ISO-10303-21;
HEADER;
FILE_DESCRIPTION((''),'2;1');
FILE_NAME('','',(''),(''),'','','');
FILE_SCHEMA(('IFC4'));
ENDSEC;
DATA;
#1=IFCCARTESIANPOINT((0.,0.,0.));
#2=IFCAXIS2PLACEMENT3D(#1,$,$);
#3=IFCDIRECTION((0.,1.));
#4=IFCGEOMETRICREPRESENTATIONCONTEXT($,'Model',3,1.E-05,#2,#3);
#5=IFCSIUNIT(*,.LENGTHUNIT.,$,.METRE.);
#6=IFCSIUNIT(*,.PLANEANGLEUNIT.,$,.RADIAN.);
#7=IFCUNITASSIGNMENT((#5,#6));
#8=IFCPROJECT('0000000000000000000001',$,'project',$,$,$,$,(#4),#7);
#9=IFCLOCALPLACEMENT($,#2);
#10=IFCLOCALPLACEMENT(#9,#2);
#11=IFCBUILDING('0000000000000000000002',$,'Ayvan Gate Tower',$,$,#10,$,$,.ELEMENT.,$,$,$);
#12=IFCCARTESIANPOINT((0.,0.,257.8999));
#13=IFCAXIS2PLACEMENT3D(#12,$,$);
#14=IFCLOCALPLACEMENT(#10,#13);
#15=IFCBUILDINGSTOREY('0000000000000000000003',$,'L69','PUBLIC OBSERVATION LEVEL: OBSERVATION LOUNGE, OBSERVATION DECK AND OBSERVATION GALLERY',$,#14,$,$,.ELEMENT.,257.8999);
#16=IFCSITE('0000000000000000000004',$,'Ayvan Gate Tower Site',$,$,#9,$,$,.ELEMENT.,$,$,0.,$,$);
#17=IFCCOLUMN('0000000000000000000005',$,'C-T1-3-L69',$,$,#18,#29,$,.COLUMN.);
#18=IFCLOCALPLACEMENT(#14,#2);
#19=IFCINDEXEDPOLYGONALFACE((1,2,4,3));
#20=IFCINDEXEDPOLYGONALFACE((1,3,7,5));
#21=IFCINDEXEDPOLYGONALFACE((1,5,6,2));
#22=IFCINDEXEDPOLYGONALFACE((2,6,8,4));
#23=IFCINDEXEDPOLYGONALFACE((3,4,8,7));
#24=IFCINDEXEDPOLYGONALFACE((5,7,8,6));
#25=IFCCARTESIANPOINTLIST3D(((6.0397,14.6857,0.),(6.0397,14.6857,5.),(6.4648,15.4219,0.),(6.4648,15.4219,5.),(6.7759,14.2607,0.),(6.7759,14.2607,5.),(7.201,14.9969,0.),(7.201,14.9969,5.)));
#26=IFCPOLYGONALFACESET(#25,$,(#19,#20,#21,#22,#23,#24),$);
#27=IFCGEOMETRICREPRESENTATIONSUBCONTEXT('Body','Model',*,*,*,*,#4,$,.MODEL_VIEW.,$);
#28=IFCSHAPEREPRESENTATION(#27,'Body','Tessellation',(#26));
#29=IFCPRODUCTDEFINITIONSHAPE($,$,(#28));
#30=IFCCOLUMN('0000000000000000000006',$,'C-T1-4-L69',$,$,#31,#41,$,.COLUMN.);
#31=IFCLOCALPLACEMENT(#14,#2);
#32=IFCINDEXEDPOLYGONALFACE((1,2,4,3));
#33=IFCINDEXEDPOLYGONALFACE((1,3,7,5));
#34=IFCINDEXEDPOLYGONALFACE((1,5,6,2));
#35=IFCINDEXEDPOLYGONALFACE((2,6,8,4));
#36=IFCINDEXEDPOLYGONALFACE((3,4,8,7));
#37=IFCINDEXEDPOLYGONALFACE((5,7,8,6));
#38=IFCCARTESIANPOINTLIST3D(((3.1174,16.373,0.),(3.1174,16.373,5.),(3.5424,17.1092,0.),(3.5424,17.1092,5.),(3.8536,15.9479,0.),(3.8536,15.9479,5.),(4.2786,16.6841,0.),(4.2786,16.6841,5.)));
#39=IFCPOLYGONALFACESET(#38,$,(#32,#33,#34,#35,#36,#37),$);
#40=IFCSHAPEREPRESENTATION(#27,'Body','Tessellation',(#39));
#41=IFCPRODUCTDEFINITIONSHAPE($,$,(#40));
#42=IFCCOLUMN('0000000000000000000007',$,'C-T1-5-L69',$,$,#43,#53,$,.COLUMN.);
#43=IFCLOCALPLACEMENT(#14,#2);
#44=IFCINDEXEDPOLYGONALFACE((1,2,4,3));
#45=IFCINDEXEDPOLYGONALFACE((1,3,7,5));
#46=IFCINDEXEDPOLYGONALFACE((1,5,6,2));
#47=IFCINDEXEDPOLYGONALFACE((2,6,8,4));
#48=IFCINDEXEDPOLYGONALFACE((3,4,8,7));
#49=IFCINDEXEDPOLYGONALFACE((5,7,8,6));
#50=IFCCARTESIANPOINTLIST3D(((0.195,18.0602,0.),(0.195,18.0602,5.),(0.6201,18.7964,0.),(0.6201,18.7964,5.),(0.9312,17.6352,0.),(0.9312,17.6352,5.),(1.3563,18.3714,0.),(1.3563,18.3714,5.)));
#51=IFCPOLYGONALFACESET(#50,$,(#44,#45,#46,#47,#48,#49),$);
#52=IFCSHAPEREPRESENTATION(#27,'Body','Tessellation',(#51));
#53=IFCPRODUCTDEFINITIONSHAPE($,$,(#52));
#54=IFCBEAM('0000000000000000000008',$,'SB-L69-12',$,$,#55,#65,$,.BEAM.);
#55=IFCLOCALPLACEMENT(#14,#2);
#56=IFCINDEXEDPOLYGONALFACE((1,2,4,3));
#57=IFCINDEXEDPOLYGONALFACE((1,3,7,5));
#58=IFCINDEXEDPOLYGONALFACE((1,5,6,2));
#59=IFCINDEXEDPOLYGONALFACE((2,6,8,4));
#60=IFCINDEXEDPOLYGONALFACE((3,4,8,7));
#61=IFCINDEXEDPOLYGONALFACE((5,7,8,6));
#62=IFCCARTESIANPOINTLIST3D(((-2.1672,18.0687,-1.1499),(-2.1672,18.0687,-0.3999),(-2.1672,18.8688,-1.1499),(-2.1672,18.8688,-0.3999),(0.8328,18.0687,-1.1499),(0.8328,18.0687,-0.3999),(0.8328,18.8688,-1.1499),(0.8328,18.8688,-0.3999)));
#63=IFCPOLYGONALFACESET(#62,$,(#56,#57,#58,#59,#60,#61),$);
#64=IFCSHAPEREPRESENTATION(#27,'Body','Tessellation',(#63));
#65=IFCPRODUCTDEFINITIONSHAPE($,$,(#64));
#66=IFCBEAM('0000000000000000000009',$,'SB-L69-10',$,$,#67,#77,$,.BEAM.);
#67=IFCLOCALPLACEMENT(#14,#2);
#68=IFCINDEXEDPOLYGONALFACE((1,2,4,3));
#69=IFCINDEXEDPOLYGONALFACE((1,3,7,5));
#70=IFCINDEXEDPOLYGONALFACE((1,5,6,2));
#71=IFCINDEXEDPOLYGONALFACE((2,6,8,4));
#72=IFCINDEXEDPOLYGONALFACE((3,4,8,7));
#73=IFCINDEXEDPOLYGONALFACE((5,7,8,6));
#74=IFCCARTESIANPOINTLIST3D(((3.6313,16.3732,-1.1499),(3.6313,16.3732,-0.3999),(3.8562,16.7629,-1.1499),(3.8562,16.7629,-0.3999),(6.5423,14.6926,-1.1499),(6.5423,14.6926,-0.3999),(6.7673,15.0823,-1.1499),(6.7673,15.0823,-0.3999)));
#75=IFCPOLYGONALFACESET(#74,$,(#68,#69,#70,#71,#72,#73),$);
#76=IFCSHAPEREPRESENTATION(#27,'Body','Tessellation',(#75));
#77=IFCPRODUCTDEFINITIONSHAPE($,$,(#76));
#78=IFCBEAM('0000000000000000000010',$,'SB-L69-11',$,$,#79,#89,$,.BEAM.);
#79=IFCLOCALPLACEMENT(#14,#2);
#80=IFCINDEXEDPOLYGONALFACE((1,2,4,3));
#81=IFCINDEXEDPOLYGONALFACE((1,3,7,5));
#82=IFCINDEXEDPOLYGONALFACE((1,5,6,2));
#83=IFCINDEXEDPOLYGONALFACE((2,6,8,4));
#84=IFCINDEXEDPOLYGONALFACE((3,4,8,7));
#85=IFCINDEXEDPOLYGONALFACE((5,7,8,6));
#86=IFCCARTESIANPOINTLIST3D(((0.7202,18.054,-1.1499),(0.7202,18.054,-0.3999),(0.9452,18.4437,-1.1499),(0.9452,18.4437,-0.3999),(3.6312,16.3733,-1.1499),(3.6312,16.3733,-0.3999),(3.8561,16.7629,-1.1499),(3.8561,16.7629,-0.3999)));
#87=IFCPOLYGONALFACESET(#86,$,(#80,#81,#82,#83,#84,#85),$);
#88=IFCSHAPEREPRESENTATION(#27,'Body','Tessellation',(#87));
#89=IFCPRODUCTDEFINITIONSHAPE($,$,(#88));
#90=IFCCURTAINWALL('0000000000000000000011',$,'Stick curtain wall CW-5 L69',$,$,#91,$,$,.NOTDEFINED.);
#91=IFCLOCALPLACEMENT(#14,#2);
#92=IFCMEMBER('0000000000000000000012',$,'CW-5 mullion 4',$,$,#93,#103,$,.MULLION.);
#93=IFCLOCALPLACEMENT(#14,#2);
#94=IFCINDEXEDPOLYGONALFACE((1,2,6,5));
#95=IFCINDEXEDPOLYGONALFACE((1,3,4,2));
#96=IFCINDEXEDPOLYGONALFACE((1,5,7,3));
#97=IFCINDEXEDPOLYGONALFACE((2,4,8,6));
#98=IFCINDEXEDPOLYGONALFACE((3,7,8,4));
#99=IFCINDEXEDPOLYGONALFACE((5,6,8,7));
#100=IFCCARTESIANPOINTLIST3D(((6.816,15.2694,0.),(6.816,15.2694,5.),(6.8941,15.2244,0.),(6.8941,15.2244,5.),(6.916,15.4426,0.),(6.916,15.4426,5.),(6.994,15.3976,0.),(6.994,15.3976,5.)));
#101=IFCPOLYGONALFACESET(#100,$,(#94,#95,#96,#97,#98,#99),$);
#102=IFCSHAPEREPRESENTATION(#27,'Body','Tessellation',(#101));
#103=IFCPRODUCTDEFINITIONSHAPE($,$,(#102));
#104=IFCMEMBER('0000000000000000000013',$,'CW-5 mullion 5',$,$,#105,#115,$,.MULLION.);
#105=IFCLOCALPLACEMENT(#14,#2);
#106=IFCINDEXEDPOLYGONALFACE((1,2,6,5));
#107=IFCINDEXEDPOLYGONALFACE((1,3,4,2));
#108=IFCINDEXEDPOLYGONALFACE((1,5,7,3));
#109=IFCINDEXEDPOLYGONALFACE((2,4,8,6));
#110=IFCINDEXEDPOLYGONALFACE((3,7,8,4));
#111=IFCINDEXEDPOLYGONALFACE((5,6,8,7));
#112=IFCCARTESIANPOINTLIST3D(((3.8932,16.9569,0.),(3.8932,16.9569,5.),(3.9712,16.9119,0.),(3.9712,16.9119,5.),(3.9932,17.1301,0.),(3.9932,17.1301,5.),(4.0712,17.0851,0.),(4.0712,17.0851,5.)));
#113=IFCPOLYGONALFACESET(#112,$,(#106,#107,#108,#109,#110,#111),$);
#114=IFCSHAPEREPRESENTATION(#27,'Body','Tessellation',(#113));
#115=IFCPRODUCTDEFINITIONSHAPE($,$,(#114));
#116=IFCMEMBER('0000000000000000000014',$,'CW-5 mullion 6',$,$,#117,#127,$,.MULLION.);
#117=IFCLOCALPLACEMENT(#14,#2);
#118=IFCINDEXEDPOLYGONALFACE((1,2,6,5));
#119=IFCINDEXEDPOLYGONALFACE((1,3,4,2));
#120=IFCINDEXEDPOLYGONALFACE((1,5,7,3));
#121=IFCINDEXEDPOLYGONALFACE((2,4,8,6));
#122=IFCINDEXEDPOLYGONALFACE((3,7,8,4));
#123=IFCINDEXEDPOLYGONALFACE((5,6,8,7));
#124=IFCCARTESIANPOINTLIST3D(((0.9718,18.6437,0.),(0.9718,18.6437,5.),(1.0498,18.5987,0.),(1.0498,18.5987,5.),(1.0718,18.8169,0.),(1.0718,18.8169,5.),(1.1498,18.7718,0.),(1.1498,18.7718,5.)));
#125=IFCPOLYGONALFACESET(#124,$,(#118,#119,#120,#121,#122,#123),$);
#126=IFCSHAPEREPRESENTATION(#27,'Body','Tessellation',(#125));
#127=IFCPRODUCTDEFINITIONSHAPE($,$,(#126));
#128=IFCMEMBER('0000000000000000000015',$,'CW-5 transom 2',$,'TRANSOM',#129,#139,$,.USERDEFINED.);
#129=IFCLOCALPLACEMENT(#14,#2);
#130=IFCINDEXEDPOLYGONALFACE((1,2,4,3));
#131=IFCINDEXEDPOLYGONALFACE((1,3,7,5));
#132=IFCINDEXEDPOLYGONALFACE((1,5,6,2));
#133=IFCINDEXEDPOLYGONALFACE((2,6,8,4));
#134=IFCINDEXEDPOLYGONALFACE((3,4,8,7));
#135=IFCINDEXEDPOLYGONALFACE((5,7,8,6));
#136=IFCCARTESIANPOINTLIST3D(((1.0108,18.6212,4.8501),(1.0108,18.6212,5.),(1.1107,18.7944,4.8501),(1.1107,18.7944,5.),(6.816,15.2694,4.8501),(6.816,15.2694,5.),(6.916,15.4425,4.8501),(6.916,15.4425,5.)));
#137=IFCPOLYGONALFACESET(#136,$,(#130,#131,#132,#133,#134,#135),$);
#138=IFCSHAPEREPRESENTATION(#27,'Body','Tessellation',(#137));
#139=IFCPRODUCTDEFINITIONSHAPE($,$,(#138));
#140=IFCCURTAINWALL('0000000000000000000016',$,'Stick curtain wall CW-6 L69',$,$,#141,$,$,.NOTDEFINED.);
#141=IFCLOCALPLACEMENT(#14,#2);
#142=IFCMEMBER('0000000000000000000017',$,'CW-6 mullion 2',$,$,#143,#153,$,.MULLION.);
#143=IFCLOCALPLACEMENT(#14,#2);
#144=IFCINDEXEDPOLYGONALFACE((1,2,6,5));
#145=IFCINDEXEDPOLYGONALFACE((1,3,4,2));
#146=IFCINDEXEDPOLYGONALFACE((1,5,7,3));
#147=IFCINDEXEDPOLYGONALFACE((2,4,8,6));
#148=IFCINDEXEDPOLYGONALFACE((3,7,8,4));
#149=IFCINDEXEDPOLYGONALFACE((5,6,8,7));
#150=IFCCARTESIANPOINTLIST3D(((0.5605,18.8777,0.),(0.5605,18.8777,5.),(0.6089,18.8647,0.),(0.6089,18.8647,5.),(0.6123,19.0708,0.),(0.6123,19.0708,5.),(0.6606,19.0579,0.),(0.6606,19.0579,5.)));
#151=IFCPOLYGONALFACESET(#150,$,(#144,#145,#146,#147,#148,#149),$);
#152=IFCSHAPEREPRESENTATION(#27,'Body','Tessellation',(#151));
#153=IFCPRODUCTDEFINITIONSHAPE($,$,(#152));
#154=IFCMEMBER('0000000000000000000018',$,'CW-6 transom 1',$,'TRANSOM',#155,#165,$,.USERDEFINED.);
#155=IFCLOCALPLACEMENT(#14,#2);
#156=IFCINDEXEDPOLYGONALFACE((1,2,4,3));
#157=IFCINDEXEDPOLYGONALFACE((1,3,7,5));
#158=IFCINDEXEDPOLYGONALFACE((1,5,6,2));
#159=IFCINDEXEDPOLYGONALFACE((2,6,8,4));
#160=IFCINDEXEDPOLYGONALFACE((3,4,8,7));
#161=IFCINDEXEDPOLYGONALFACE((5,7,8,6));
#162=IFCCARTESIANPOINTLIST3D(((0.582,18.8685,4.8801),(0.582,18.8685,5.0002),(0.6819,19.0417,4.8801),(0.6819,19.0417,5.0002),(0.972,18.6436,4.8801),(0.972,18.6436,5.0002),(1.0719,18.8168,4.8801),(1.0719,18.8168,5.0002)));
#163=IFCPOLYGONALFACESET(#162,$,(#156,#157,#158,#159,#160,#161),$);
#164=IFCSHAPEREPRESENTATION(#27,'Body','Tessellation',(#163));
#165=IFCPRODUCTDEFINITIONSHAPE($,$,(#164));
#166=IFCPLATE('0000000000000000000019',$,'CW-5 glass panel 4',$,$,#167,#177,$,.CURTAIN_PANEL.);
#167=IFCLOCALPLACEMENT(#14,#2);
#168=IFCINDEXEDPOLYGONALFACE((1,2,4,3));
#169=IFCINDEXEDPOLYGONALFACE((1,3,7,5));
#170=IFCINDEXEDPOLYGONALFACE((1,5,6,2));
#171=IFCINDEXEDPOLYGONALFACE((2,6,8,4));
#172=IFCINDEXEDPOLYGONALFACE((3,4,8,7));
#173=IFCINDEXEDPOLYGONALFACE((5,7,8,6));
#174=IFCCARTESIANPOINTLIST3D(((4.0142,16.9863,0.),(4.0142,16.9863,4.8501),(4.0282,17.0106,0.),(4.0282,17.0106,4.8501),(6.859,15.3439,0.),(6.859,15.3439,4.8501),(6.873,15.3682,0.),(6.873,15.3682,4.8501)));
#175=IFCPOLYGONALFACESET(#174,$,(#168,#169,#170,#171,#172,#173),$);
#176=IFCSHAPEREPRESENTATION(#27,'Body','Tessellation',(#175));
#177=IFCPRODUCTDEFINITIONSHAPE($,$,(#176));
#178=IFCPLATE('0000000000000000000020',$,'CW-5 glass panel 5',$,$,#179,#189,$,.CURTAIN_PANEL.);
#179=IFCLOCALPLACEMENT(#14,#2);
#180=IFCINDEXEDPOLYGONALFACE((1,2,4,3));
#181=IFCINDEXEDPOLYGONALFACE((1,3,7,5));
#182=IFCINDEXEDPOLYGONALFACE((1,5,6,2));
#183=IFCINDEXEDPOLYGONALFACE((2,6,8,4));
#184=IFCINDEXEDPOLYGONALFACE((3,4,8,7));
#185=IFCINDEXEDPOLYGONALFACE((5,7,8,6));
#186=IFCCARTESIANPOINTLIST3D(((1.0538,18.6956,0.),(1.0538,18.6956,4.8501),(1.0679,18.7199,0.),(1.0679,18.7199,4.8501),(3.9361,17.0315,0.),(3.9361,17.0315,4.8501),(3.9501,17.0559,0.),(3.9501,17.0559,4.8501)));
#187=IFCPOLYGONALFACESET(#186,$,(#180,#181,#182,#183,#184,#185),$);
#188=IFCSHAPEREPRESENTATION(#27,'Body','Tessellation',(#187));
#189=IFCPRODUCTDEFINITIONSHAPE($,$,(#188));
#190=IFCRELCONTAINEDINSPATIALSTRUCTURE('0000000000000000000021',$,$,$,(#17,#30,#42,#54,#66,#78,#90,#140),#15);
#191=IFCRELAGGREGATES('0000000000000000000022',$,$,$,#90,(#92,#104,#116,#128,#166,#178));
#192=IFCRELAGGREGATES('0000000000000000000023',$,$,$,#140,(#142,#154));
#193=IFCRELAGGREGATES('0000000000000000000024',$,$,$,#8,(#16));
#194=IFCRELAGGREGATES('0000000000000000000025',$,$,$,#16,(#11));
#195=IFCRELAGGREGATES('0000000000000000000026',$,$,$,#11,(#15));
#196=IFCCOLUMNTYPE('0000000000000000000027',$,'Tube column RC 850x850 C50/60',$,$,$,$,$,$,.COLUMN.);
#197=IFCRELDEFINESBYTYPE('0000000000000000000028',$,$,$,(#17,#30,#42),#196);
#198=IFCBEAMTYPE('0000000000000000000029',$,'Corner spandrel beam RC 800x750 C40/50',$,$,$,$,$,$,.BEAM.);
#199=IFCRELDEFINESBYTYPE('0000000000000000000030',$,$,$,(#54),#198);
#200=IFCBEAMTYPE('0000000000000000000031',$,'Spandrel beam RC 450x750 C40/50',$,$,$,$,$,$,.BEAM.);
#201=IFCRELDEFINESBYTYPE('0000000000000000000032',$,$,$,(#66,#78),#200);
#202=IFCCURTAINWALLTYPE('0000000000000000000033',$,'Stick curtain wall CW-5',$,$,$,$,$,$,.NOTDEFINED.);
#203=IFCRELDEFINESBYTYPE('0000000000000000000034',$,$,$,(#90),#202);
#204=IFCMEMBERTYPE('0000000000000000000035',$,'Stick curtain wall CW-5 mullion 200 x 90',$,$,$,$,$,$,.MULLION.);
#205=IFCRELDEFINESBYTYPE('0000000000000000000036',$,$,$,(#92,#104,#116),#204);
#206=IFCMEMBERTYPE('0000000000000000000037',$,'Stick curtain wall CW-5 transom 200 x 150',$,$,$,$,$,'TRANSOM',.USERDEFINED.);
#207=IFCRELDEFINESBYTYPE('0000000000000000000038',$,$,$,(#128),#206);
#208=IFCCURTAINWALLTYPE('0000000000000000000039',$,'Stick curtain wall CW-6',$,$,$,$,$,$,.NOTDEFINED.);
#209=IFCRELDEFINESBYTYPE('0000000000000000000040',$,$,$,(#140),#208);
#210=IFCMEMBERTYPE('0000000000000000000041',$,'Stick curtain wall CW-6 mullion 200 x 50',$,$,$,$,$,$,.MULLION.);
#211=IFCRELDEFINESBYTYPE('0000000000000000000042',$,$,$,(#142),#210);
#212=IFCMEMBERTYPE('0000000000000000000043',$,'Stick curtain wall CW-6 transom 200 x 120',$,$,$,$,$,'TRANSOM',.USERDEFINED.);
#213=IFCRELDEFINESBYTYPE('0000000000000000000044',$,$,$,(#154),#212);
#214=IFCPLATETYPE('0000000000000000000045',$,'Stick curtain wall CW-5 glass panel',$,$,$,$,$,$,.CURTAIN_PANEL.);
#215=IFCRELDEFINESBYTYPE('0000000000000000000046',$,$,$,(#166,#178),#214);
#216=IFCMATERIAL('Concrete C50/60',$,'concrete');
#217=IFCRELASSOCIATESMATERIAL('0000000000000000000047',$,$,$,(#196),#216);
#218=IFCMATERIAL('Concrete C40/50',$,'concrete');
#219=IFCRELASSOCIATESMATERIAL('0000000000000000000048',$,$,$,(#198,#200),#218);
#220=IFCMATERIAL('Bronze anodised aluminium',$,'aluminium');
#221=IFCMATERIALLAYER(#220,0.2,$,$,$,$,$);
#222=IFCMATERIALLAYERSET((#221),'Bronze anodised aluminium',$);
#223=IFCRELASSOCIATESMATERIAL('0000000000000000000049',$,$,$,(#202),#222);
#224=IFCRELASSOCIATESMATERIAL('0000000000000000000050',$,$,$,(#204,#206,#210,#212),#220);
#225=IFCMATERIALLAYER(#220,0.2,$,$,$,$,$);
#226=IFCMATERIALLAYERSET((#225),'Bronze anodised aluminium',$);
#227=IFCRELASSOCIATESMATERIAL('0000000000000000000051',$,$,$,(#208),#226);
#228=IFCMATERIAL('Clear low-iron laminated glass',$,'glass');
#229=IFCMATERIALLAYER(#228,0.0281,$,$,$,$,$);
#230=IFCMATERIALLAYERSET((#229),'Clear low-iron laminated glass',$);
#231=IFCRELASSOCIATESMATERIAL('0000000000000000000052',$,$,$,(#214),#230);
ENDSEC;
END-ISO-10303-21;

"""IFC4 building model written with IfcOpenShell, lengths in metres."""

from ifc_helpers import new_model, si_unit, direction, frame, origin, origin_2d, place, context, subcontext, project, spatial, rectangle, extrude, material, layer, layer_set, material_profile, profile_set, type_object, element, aggregate, save


model = new_model("IFC4")

# Units and contexts
model_context = context("Model", 3, precision=1e-05, world=origin(), true_north=direction((0.0, 1.0)))
body_context = subcontext(model_context, "Body", "Model", "MODEL_VIEW")
ifc_project = project(units=[si_unit("LENGTHUNIT", "METRE"), si_unit("PLANEANGLEUNIT", "RADIAN")], contexts=[model_context])

# Site, building, storey
site_placement = place(None, origin())
site = spatial("IfcSite", under=ifc_project, at=site_placement, Name="Ayvan Gate Tower Site", CompositionType="ELEMENT", RefElevation=0.0)
building_placement = place(site_placement, origin())
building = spatial("IfcBuilding", under=site, at=building_placement, Name="Ayvan Gate Tower", CompositionType="ELEMENT")
storey_placement = place(building_placement, frame((0.0, 0.0, 257.8999)))
storey = spatial("IfcBuildingStorey", under=building, at=storey_placement, Name="L69", Description="PUBLIC OBSERVATION LEVEL: OBSERVATION LOUNGE, OBSERVATION DECK AND OBSERVATION GALLERY", CompositionType="ELEMENT", Elevation=257.8999)

# Columns
ifc_material_1 = material(Name="Concrete C50/60", Category="concrete")
ifc_material_profile_1 = material_profile(ifc_material_1, rectangle(XDim=0.8501, YDim=0.8501, at=origin_2d()), Name="RC 850x850")
ifc_profile_set_1 = profile_set([ifc_material_profile_1], Name="Concrete C50/60")
column_type = type_object("IfcColumnType", Name="Tube column RC 850x850 C50/60", PredefinedType="COLUMN", material=ifc_profile_set_1)
for number, where, z_axis, x_axis, name in (
    (1, (6.6204, 14.8413, 0.0), (0.0, 0.0, 1.0), (0.5, 0.866025, 0.0), "C-T1-3-L69"),
    (2, (3.698, 16.5286, 0.0), (0.0, 0.0, 1.0), (0.5, 0.866025, 0.0), "C-T1-4-L69"),
    (3, (0.7756, 18.2158, 0.0), (0.0, 0.0, 1.0), (0.5, 0.866025, 0.0), "C-T1-5-L69"),
):
    element("IfcColumn", number, at=place(storey_placement, frame(where, z_axis=z_axis, x_axis=x_axis)), inside=storey, type_object=column_type, Name=name, PredefinedType="COLUMN", context=body_context, shape_type="SweptSolid", body=[
        extrude(rectangle(XDim=0.8501, YDim=0.8501, at=origin_2d()), origin(), (0.0, 0.0, 1.0), 5.0),
    ])

# Beams
ifc_material_2 = material(Name="Concrete C40/50", Category="concrete")
ifc_material_profile_2 = material_profile(ifc_material_2, rectangle(XDim=0.8, YDim=0.75, at=origin_2d()), Name="RC 800x750")
ifc_profile_set_2 = profile_set([ifc_material_profile_2], Name="Concrete C40/50")
beam_type_1 = type_object("IfcBeamType", Name="Corner spandrel beam RC 800x750 C40/50", PredefinedType="BEAM", material=ifc_profile_set_2)
beam_placement = place(storey_placement, frame((0.8328, 18.4688, -0.7749), z_axis=(-1.0, 0.0, 0.0), x_axis=(0.0, -1.0, 0.0)))
element("IfcBeam", 4, at=beam_placement, inside=storey, type_object=beam_type_1, Name="SB-L69-12", PredefinedType="BEAM", context=body_context, shape_type="SweptSolid", body=[
    extrude(rectangle(XDim=0.8, YDim=0.75, at=origin_2d()), origin(), (0.0, 0.0, 1.0), 3.0),
])
ifc_material_profile_3 = material_profile(ifc_material_2, rectangle(XDim=0.45, YDim=0.75, at=origin_2d()), Name="RC 450x750")
ifc_profile_set_3 = profile_set([ifc_material_profile_3], Name="Concrete C40/50")
beam_type_2 = type_object("IfcBeamType", Name="Spandrel beam RC 450x750 C40/50", PredefinedType="BEAM", material=ifc_profile_set_3)
for number, where, z_axis, x_axis, name in (
    (5, (6.6548, 14.8875, -0.7749), (-0.866036, 0.499982, 0.0), (-0.499982, -0.866036, 0.0), "SB-L69-10"),
    (6, (3.7437, 16.5681, -0.7749), (-0.866017, 0.500014, 0.0), (-0.500014, -0.866017, 0.0), "SB-L69-11"),
):
    element("IfcBeam", number, at=place(storey_placement, frame(where, z_axis=z_axis, x_axis=x_axis)), inside=storey, type_object=beam_type_2, Name=name, PredefinedType="BEAM", context=body_context, shape_type="SweptSolid", body=[
        extrude(rectangle(XDim=0.45, YDim=0.75, at=origin_2d()), origin(), (0.0, 0.0, 1.0), 3.3613),
    ])

# Curtain walls, members
ifc_material_3 = material(Name="Bronze anodised aluminium", Category="aluminium")
ifc_layer_1 = layer(ifc_material_3, 0.2)
ifc_layer_set_1 = layer_set([ifc_layer_1], Name="Bronze anodised aluminium")
curtain_wall_type_1 = type_object("IfcCurtainWallType", Name="Stick curtain wall CW-5", PredefinedType="NOTDEFINED", material=ifc_layer_set_1)
curtain_wall_1_placement = place(storey_placement, origin())
curtain_wall_1 = element("IfcCurtainWall", 7, at=curtain_wall_1_placement, inside=storey, type_object=curtain_wall_type_1, Name="Stick curtain wall CW-5 L69", PredefinedType="NOTDEFINED")
ifc_material_profile_4 = material_profile(ifc_material_3, rectangle(XDim=0.2, YDim=0.0901, at=origin_2d()), Name="Stick curtain wall CW-5 mullion 200 x 90")
ifc_profile_set_4 = profile_set([ifc_material_profile_4], Name="Bronze anodised aluminium")
member_type_1 = type_object("IfcMemberType", Name="Stick curtain wall CW-5 mullion 200 x 90", PredefinedType="MULLION", material=ifc_profile_set_4)
member_1_placement = place(storey_placement, frame((6.905, 15.3335, 0.0), z_axis=(0.0, 0.0, 1.0), x_axis=(0.5, 0.866025, 0.0)))
member_1 = element("IfcMember", 8, at=member_1_placement, type_object=member_type_1, Name="CW-5 mullion 4", PredefinedType="MULLION", context=body_context, shape_type="SweptSolid", body=[
    extrude(rectangle(XDim=0.2, YDim=0.0901, at=origin_2d()), origin(), (0.0, 0.0, 1.0), 5.0),
])
member_2_placement = place(storey_placement, frame((3.9822, 17.021, 0.0), z_axis=(0.0, 0.0, 1.0), x_axis=(0.5, 0.866025, 0.0)))
member_2 = element("IfcMember", 9, at=member_2_placement, type_object=member_type_1, Name="CW-5 mullion 5", PredefinedType="MULLION", context=body_context, shape_type="SweptSolid", body=[
    extrude(rectangle(XDim=0.2, YDim=0.0901, at=origin_2d()), origin(), (0.0, 0.0, 1.0), 5.0),
])
member_3_placement = place(storey_placement, frame((1.0608, 18.7078, 0.0), z_axis=(0.0, 0.0, 1.0), x_axis=(0.5, 0.866025, 0.0)))
member_3 = element("IfcMember", 10, at=member_3_placement, type_object=member_type_1, Name="CW-5 mullion 6", PredefinedType="MULLION", context=body_context, shape_type="SweptSolid", body=[
    extrude(rectangle(XDim=0.2, YDim=0.0901, at=origin_2d()), origin(), (0.0, 0.0, 1.0), 5.0),
])
ifc_material_profile_5 = material_profile(ifc_material_3, rectangle(XDim=0.2, YDim=0.1499, at=origin_2d()), Name="Stick curtain wall CW-5 transom 200 x 150")
ifc_profile_set_5 = profile_set([ifc_material_profile_5], Name="Bronze anodised aluminium")
member_type_2 = type_object("IfcMemberType", Name="Stick curtain wall CW-5 transom 200 x 150", ElementType="TRANSOM", PredefinedType="USERDEFINED", material=ifc_profile_set_5)
member_4_placement = place(storey_placement, frame((6.866, 15.356, 4.925), z_axis=(-0.866013, 0.500021, 0.0), x_axis=(-0.500021, -0.866013, 0.0)))
member_4 = element("IfcMember", 11, at=member_4_placement, type_object=member_type_2, Name="CW-5 transom 2", ObjectType="TRANSOM", PredefinedType="USERDEFINED", context=body_context, shape_type="SweptSolid", body=[
    extrude(rectangle(XDim=0.2, YDim=0.1499, at=origin_2d()), origin(), (0.0, 0.0, 1.0), 6.7034),
])
ifc_layer_2 = layer(ifc_material_3, 0.2)
ifc_layer_set_2 = layer_set([ifc_layer_2], Name="Bronze anodised aluminium")
curtain_wall_type_2 = type_object("IfcCurtainWallType", Name="Stick curtain wall CW-6", PredefinedType="NOTDEFINED", material=ifc_layer_set_2)
curtain_wall_2_placement = place(storey_placement, origin())
curtain_wall_2 = element("IfcCurtainWall", 12, at=curtain_wall_2_placement, inside=storey, type_object=curtain_wall_type_2, Name="Stick curtain wall CW-6 L69", PredefinedType="NOTDEFINED")
ifc_material_profile_6 = material_profile(ifc_material_3, rectangle(XDim=0.2, YDim=0.05, at=origin_2d()), Name="Stick curtain wall CW-6 mullion 200 x 50")
ifc_profile_set_6 = profile_set([ifc_material_profile_6], Name="Bronze anodised aluminium")
member_type_3 = type_object("IfcMemberType", Name="Stick curtain wall CW-6 mullion 200 x 50", PredefinedType="MULLION", material=ifc_profile_set_6)
member_5_placement = place(storey_placement, frame((0.6106, 18.9678, 0.0), z_axis=(0.0, 0.0, 1.0), x_axis=(0.258819, 0.965926, 0.0)))
member_5 = element("IfcMember", 13, at=member_5_placement, type_object=member_type_3, Name="CW-6 mullion 2", PredefinedType="MULLION", context=body_context, shape_type="SweptSolid", body=[
    extrude(rectangle(XDim=0.2, YDim=0.05, at=origin_2d()), origin(), (0.0, 0.0, 1.0), 5.0),
])
ifc_material_profile_7 = material_profile(ifc_material_3, rectangle(XDim=0.2, YDim=0.1201, at=origin_2d()), Name="Stick curtain wall CW-6 transom 200 x 120")
ifc_profile_set_7 = profile_set([ifc_material_profile_7], Name="Bronze anodised aluminium")
member_type_4 = type_object("IfcMemberType", Name="Stick curtain wall CW-6 transom 200 x 120", ElementType="TRANSOM", PredefinedType="USERDEFINED", material=ifc_profile_set_7)
member_6_placement = place(storey_placement, frame((1.022, 18.7302, 4.9402), z_axis=(-0.866267, 0.499582, 0.0), x_axis=(-0.499582, -0.866267, 0.0)))
member_6 = element("IfcMember", 14, at=member_6_placement, type_object=member_type_4, Name="CW-6 transom 1", ObjectType="TRANSOM", PredefinedType="USERDEFINED", context=body_context, shape_type="SweptSolid", body=[
    extrude(rectangle(XDim=0.2, YDim=0.1201, at=origin_2d()), origin(), (0.0, 0.0, 1.0), 0.4502),
])

# Plates
ifc_material_4 = material(Name="Clear low-iron laminated glass", Category="glass")
ifc_layer_3 = layer(ifc_material_4, 0.0281)
ifc_layer_set_3 = layer_set([ifc_layer_3], Name="Clear low-iron laminated glass")
plate_type_1 = type_object("IfcPlateType", Name="Stick curtain wall CW-5 glass panel", PredefinedType="CURTAIN_PANEL", material=ifc_layer_set_3)
plate_1_placement = place(storey_placement, frame((5.4436, 16.1772, 0.0), z_axis=(0.0, 0.0, 1.0), x_axis=(-0.866025, 0.5, 0.0)))
plate_1 = element("IfcPlate", 15, at=plate_1_placement, type_object=plate_type_1, Name="CW-5 glass panel 4", PredefinedType="CURTAIN_PANEL", context=body_context, shape_type="SweptSolid", body=[
    extrude(rectangle(XDim=3.2849, YDim=0.0281, at=origin_2d()), origin(), (0.0, 0.0, 1.0), 4.8501),
])
plate_2_placement = place(storey_placement, frame((2.502, 17.8757, 0.0), z_axis=(0.0, 0.0, 1.0), x_axis=(-0.866025, 0.5, 0.0)))
plate_2 = element("IfcPlate", 16, at=plate_2_placement, type_object=plate_type_1, Name="CW-5 glass panel 5", PredefinedType="CURTAIN_PANEL", context=body_context, shape_type="SweptSolid", body=[
    extrude(rectangle(XDim=3.3281, YDim=0.0281, at=origin_2d()), origin(), (0.0, 0.0, 1.0), 4.8501),
])
aggregate(curtain_wall_1, [member_1, member_2, member_3, member_4, plate_1, plate_2])
aggregate(curtain_wall_2, [member_5, member_6])

save(model, "model.ifc")
